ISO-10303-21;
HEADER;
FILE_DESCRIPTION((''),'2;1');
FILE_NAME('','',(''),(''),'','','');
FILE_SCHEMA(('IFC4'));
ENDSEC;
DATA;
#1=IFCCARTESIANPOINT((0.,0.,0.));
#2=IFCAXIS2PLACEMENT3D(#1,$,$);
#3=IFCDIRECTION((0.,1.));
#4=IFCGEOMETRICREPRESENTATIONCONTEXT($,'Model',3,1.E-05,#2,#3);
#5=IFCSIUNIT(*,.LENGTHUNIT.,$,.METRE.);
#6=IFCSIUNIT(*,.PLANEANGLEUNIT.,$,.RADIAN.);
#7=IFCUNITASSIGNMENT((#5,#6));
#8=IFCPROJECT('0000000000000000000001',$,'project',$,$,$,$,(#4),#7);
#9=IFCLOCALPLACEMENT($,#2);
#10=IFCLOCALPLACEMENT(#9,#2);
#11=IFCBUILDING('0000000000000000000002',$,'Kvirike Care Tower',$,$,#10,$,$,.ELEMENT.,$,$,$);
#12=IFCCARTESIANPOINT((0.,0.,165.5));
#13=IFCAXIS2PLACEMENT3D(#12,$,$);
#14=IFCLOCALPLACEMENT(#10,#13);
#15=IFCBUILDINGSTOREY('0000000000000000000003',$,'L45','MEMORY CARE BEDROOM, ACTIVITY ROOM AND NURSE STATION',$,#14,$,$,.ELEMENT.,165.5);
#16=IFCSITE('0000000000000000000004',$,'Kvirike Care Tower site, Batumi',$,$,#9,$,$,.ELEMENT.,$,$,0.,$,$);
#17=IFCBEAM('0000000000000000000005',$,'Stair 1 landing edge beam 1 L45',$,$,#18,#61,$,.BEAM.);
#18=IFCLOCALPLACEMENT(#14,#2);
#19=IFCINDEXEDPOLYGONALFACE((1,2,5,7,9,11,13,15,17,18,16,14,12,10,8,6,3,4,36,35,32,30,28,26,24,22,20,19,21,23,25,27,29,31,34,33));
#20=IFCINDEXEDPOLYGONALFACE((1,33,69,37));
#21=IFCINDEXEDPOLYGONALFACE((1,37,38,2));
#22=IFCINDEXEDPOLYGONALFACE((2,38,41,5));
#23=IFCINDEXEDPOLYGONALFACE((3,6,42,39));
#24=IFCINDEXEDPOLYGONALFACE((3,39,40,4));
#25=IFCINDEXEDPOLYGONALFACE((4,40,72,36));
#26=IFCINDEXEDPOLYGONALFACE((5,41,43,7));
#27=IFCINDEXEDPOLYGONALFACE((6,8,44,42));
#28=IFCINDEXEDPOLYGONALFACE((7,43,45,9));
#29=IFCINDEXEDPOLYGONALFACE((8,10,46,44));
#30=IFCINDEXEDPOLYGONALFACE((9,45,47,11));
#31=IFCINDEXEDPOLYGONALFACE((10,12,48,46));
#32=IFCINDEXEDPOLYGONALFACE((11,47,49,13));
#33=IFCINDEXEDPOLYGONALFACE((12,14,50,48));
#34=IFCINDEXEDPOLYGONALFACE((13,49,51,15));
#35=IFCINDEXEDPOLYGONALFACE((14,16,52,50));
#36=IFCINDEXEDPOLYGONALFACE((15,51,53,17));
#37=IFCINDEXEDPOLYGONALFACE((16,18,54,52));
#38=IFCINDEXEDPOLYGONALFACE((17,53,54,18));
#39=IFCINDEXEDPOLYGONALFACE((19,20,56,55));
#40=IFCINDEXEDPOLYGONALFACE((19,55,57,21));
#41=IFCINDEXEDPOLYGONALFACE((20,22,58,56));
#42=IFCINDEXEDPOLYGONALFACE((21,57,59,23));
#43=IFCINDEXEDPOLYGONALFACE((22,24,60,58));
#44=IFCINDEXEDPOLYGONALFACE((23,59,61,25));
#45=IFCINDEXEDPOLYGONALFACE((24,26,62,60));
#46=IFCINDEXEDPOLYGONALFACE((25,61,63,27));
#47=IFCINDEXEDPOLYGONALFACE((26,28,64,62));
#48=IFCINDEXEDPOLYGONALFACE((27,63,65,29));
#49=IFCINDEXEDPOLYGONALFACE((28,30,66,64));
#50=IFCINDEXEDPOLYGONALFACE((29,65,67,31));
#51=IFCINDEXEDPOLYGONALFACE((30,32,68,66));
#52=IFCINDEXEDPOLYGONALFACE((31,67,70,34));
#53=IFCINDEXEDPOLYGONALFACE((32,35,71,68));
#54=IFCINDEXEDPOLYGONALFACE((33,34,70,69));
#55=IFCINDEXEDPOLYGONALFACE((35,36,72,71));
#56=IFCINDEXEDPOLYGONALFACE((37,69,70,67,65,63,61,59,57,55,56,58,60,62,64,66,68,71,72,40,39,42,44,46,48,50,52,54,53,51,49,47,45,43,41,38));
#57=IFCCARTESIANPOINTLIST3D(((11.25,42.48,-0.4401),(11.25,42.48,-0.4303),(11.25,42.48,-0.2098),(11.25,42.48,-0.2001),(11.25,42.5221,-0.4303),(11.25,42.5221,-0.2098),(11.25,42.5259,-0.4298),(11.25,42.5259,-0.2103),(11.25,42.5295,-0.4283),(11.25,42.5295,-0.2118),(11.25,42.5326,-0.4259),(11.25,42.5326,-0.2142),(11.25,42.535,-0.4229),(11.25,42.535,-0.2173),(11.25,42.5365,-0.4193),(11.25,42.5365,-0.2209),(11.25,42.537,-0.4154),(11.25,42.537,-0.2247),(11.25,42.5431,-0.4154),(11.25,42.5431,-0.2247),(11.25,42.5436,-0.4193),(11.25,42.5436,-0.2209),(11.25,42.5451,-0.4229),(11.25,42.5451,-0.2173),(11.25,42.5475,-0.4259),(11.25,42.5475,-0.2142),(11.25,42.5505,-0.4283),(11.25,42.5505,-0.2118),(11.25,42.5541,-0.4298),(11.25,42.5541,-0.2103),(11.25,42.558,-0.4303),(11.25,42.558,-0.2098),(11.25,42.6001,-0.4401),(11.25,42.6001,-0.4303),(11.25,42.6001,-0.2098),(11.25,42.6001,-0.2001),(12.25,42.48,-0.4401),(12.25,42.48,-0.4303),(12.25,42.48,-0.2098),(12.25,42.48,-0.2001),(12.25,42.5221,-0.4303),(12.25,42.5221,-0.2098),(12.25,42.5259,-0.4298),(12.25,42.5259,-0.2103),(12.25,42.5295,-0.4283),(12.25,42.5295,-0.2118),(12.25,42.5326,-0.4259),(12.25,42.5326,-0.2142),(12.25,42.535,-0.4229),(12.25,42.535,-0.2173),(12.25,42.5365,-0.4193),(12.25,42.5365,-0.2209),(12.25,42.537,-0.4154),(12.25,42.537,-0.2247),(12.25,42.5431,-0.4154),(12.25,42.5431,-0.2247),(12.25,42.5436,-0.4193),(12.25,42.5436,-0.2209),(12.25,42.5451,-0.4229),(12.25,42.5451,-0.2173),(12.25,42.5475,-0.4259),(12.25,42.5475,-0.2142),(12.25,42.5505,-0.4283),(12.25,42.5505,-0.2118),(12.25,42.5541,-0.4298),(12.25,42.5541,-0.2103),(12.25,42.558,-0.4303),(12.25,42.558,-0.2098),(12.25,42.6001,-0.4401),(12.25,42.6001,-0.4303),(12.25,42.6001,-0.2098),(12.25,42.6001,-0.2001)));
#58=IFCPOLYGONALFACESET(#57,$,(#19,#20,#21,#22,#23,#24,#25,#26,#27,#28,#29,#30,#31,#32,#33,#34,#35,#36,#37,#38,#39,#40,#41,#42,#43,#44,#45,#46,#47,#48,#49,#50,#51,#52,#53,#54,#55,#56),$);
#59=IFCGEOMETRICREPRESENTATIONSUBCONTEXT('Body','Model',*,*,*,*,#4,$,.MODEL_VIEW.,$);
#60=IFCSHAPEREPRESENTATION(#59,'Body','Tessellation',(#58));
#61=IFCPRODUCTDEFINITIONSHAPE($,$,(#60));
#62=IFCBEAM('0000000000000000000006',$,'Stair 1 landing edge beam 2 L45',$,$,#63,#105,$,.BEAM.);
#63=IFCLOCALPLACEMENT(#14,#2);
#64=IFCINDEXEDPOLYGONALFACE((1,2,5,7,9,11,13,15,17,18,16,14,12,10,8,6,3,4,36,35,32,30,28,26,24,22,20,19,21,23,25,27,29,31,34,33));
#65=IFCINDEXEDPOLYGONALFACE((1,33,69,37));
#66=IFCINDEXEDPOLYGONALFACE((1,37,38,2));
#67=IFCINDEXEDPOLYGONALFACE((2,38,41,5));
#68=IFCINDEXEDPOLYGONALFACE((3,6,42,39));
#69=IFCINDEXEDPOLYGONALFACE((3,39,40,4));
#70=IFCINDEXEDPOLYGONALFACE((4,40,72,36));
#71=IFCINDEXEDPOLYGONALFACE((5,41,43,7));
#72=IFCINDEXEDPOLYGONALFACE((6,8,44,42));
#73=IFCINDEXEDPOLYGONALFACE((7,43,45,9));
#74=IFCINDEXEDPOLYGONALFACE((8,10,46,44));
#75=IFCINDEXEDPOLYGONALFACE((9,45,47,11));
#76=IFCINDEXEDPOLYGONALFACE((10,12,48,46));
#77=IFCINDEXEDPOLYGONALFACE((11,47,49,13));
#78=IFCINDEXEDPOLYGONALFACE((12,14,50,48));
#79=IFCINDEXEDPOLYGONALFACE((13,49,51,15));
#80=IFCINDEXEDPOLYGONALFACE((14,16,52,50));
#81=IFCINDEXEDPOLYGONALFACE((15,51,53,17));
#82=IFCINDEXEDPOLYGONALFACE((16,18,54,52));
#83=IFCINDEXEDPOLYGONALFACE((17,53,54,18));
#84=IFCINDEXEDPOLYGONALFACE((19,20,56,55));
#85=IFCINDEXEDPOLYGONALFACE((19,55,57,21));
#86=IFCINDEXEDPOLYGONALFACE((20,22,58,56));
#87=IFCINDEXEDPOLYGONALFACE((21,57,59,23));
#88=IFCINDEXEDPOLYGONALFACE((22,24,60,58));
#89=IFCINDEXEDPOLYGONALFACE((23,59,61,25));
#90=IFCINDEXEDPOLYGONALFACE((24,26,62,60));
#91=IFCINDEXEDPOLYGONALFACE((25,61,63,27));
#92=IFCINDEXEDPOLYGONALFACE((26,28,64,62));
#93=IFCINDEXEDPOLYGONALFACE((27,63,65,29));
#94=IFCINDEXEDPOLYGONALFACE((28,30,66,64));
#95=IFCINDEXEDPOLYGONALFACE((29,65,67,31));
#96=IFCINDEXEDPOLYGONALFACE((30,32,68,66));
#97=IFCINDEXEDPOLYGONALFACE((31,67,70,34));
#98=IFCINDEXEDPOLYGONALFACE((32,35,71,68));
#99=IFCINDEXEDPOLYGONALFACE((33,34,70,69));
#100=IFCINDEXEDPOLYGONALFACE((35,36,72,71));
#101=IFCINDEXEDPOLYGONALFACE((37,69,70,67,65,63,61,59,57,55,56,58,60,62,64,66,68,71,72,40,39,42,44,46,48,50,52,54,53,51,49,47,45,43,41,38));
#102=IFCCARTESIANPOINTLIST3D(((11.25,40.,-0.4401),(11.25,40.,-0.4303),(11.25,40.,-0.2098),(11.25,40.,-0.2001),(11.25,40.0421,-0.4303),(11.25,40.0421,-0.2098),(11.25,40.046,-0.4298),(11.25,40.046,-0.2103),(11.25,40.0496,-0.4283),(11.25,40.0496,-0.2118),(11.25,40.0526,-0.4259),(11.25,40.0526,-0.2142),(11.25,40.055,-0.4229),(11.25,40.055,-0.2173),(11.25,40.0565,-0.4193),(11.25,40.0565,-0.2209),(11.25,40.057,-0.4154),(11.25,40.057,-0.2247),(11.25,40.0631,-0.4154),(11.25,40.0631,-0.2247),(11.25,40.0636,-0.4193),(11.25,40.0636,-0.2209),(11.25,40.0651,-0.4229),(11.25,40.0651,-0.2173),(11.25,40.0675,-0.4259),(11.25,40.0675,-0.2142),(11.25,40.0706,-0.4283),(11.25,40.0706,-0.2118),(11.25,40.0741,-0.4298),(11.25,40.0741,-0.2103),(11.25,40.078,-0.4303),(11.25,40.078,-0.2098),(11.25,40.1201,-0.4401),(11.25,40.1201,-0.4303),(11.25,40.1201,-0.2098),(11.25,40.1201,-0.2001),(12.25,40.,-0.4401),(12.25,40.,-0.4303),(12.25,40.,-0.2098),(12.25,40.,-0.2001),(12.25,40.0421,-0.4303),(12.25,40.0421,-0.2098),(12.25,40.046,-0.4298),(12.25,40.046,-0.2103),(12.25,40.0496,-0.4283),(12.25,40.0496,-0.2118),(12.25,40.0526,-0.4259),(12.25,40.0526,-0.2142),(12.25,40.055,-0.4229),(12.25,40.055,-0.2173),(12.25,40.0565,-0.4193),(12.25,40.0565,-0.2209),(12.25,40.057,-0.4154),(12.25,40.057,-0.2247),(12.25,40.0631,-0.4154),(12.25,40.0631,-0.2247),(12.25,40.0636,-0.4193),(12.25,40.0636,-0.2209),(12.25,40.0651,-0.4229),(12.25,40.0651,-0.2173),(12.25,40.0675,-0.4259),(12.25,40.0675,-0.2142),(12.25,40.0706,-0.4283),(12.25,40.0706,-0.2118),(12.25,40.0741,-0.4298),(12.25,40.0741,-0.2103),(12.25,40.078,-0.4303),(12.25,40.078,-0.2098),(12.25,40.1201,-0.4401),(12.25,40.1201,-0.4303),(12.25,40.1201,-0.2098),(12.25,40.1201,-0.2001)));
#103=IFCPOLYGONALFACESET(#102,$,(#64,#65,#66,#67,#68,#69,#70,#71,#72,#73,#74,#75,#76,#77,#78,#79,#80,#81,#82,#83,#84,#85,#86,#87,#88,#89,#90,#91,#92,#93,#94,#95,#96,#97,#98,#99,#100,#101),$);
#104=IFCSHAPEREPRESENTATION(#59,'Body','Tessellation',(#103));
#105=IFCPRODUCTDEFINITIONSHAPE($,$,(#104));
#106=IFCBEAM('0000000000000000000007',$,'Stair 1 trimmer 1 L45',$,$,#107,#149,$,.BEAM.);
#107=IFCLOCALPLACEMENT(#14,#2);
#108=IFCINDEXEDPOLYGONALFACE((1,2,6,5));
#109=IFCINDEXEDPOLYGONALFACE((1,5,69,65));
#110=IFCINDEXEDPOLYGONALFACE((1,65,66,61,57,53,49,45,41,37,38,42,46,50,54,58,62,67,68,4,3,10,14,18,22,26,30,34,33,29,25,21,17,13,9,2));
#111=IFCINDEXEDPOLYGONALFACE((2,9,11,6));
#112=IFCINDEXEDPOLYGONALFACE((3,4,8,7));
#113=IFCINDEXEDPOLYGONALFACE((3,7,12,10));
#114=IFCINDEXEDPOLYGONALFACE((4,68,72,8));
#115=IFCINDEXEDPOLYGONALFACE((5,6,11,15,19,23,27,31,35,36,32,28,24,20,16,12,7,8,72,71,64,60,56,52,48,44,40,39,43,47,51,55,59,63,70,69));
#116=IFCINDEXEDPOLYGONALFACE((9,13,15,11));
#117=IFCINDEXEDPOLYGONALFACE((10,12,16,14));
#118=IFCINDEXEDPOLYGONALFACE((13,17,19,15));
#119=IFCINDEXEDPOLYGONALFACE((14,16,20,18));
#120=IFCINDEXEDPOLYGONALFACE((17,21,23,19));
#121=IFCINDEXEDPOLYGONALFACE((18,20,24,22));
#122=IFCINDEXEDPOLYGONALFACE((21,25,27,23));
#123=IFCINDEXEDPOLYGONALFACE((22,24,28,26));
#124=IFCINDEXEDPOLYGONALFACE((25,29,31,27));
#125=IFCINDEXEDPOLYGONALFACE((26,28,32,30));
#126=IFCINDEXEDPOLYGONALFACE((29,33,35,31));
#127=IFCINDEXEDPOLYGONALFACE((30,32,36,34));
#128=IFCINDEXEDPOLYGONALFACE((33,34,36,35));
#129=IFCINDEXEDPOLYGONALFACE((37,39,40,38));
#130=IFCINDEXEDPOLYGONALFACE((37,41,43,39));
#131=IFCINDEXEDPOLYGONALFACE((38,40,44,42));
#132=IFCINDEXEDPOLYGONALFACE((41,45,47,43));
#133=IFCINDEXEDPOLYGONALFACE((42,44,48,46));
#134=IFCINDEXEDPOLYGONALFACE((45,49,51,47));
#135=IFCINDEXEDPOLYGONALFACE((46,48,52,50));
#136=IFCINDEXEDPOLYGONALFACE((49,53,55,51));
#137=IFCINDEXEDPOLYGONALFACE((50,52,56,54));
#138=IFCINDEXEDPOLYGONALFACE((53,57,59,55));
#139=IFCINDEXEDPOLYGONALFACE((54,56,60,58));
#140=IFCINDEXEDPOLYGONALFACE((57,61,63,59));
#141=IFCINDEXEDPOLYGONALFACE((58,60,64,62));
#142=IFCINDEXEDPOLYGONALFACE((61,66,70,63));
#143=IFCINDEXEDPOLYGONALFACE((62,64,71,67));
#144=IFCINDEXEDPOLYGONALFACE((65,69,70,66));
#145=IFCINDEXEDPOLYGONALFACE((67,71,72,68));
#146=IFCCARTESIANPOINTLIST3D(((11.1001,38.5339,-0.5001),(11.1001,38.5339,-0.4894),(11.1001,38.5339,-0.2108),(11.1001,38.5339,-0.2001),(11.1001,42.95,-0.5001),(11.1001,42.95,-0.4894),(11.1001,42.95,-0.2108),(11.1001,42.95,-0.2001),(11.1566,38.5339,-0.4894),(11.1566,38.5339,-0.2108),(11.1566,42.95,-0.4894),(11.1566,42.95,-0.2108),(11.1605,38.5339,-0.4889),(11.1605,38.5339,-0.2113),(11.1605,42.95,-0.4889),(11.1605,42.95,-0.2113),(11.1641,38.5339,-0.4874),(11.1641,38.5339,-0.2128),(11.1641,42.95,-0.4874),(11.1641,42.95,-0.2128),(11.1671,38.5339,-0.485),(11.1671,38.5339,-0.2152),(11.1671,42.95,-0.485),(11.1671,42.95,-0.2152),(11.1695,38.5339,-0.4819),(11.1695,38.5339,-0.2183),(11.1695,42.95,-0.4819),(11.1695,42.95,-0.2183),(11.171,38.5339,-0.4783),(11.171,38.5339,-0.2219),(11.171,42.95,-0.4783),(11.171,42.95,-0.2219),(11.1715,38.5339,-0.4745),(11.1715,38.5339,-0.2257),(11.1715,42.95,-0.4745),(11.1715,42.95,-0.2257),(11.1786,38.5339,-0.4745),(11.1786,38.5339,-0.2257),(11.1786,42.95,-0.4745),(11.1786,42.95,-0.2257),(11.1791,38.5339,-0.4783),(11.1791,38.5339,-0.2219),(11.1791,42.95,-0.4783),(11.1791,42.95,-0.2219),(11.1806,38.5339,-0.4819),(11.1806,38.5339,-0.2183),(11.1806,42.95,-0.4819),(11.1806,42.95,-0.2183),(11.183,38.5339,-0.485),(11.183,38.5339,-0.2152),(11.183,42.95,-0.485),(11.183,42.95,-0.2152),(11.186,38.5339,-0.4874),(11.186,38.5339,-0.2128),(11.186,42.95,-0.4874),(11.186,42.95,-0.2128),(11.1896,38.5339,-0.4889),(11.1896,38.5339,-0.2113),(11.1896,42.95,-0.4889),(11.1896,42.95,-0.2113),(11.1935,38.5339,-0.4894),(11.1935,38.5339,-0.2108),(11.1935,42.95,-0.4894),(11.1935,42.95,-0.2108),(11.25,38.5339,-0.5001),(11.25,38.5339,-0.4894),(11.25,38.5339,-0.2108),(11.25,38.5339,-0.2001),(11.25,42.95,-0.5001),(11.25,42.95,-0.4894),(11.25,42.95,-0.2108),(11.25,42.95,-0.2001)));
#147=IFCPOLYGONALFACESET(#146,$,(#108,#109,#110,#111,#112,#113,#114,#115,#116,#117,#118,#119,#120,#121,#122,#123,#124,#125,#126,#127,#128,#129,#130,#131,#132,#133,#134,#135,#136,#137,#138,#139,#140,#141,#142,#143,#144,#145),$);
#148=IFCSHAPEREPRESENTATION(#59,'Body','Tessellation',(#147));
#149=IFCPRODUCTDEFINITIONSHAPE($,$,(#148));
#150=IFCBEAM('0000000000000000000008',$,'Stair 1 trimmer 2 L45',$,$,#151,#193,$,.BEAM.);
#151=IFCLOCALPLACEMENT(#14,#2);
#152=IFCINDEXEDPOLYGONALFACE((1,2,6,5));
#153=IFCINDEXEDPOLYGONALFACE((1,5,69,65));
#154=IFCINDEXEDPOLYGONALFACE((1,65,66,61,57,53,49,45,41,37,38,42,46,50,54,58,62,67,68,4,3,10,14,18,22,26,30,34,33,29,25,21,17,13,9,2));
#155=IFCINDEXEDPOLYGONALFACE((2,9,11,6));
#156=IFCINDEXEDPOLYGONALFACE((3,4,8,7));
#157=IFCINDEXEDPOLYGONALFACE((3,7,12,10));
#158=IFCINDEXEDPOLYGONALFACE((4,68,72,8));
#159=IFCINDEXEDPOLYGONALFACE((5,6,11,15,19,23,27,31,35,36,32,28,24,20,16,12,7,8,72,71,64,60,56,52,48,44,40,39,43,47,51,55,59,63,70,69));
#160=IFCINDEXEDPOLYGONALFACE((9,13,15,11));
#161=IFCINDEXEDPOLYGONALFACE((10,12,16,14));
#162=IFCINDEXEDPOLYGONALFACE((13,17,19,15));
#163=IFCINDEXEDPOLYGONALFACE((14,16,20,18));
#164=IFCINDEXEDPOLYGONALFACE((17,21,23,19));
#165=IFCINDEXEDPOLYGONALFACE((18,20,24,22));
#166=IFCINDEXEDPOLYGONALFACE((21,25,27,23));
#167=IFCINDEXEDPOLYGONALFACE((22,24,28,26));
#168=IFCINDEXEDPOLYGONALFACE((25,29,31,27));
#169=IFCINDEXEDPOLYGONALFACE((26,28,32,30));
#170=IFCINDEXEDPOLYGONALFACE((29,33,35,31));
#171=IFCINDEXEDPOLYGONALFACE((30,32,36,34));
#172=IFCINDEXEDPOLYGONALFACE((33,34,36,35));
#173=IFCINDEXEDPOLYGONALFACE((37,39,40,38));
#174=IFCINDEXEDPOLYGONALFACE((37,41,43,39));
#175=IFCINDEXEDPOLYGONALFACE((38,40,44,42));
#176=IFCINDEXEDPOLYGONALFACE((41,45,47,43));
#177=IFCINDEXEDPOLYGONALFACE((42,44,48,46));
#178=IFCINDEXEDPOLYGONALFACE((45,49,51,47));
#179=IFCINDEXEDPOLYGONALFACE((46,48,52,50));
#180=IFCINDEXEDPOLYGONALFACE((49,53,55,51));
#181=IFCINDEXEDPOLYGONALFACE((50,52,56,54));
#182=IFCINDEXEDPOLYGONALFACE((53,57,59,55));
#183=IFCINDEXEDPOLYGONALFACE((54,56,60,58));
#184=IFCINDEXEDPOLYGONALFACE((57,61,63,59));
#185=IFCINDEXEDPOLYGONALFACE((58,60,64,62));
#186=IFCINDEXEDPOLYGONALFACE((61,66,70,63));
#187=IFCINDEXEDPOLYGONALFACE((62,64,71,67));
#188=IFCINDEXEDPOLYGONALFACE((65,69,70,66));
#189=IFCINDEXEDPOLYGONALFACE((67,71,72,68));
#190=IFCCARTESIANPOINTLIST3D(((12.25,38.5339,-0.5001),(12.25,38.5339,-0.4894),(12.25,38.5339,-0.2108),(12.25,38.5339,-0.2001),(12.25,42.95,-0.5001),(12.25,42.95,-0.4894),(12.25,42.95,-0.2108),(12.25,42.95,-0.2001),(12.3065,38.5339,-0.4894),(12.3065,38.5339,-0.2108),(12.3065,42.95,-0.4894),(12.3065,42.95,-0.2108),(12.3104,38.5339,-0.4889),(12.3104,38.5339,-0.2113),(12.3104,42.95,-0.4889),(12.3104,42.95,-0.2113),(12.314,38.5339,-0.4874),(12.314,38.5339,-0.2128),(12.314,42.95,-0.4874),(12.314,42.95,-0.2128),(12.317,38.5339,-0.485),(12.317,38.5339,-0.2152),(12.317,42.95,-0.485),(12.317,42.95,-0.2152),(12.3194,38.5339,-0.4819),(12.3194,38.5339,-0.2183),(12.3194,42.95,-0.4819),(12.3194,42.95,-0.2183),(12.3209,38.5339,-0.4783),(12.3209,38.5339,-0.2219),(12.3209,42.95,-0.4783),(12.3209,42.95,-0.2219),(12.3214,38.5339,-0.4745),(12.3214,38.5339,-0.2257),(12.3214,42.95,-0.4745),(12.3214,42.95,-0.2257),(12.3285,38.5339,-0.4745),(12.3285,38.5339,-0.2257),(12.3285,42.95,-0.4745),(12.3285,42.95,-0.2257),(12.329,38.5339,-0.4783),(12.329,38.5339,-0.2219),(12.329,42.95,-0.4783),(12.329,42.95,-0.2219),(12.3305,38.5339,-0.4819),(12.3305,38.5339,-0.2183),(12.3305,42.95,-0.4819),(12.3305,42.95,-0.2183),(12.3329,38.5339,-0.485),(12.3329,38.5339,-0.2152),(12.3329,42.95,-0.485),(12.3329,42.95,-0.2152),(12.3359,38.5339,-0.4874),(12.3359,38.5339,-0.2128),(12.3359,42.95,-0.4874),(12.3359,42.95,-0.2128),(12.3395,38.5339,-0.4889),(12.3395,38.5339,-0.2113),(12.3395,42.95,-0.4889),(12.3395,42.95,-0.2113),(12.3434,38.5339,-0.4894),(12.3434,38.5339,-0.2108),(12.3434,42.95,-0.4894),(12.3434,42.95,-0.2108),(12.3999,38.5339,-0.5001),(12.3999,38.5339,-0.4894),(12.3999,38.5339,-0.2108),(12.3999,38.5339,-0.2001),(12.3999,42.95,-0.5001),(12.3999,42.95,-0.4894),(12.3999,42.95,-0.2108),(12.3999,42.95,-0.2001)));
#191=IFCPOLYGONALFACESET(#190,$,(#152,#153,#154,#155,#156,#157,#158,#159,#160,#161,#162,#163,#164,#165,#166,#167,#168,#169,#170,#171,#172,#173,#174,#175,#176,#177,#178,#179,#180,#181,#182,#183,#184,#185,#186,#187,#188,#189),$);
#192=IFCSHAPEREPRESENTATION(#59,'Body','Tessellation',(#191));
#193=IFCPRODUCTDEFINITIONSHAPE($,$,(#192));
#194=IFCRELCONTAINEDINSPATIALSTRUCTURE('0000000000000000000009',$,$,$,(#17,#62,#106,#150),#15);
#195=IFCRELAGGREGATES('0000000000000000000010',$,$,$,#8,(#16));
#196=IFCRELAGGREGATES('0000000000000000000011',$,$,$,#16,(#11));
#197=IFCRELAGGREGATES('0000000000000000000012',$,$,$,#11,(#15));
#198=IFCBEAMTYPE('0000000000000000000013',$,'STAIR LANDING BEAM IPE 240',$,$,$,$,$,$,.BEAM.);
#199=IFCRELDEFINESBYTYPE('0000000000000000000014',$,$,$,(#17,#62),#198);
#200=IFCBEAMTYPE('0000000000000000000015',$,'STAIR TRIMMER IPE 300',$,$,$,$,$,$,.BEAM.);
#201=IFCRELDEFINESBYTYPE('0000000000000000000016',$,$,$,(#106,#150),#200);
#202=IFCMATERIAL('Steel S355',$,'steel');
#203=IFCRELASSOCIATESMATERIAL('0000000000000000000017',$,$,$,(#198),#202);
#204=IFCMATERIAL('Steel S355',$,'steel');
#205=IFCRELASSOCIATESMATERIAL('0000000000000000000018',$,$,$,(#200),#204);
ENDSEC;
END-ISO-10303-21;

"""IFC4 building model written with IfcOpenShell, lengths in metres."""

from ifc_helpers import new_model, si_unit, direction, frame, origin, origin_2d, place, context, subcontext, project, spatial, i_section, extrude, material, material_profile, profile_set, type_object, element, save


model = new_model("IFC4")

# Units and contexts
model_context = context("Model", 3, precision=1e-05, world=origin(), true_north=direction((0.0, 1.0)))
body_context = subcontext(model_context, "Body", "Model", "MODEL_VIEW")
ifc_project = project(units=[si_unit("LENGTHUNIT", "METRE"), si_unit("PLANEANGLEUNIT", "RADIAN")], contexts=[model_context])

# Site, building, storey
site_placement = place(None, origin())
site = spatial("IfcSite", under=ifc_project, at=site_placement, Name="Kvirike Care Tower site, Batumi", CompositionType="ELEMENT", RefElevation=0.0)
building_placement = place(site_placement, origin())
building = spatial("IfcBuilding", under=site, at=building_placement, Name="Kvirike Care Tower", CompositionType="ELEMENT")
storey_placement = place(building_placement, frame((0.0, 0.0, 165.5)))
storey = spatial("IfcBuildingStorey", under=building, at=storey_placement, Name="L45", Description="MEMORY CARE BEDROOM, ACTIVITY ROOM AND NURSE STATION", CompositionType="ELEMENT", Elevation=165.5)

# Beams
ifc_material_1 = material(Name="Steel S355", Category="steel")
ifc_material_profile_1 = material_profile(ifc_material_1, i_section(OverallWidth=0.1201, OverallDepth=0.24, WebThickness=0.0061, FlangeThickness=0.0098, FilletRadius=0.0149, at=origin_2d()), Name="IPE 240")
ifc_profile_set_1 = profile_set([ifc_material_profile_1], Name="Steel S355")
beam_type_1 = type_object("IfcBeamType", Name="STAIR LANDING BEAM IPE 240", PredefinedType="BEAM", material=ifc_profile_set_1)
for number, where, z_axis, x_axis, name in (
    (1, (11.25, 42.54, -0.3201), (1.0, 0.0, 0.0), (0.0, 1.0, 0.0), "Stair 1 landing edge beam 1 L45"),
    (2, (11.25, 40.0601, -0.3201), (1.0, 0.0, 0.0), (0.0, 1.0, 0.0), "Stair 1 landing edge beam 2 L45"),
):
    element("IfcBeam", number, at=place(storey_placement, frame(where, z_axis=z_axis, x_axis=x_axis)), inside=storey, type_object=beam_type_1, Name=name, PredefinedType="BEAM", context=body_context, shape_type="SweptSolid", body=[
        extrude(i_section(OverallWidth=0.1201, OverallDepth=0.24, WebThickness=0.0061, FlangeThickness=0.0098, FilletRadius=0.0149, at=origin_2d()), origin(), (0.0, 0.0, 1.0), 1.0),
    ])
ifc_material_2 = material(Name="Steel S355", Category="steel")
ifc_material_profile_2 = material_profile(ifc_material_2, i_section(OverallWidth=0.1499, OverallDepth=0.3, WebThickness=0.0071, FlangeThickness=0.0107, FilletRadius=0.0149, at=origin_2d()), Name="IPE 300")
ifc_profile_set_2 = profile_set([ifc_material_profile_2], Name="Steel S355")
beam_type_2 = type_object("IfcBeamType", Name="STAIR TRIMMER IPE 300", PredefinedType="BEAM", material=ifc_profile_set_2)
for number, where, z_axis, x_axis, name in (
    (3, (11.175, 42.95, -0.3501), (0.0, -1.0, 0.0), (1.0, 0.0, 0.0), "Stair 1 trimmer 1 L45"),
    (4, (12.325, 42.95, -0.3501), (0.0, -1.0, 0.0), (1.0, 0.0, 0.0), "Stair 1 trimmer 2 L45"),
):
    element("IfcBeam", number, at=place(storey_placement, frame(where, z_axis=z_axis, x_axis=x_axis)), inside=storey, type_object=beam_type_2, Name=name, PredefinedType="BEAM", context=body_context, shape_type="SweptSolid", body=[
        extrude(i_section(OverallWidth=0.1499, OverallDepth=0.3, WebThickness=0.0071, FlangeThickness=0.0107, FilletRadius=0.0149, at=origin_2d()), origin(), (0.0, 0.0, 1.0), 4.416),
    ])

save(model, "model.ifc")
